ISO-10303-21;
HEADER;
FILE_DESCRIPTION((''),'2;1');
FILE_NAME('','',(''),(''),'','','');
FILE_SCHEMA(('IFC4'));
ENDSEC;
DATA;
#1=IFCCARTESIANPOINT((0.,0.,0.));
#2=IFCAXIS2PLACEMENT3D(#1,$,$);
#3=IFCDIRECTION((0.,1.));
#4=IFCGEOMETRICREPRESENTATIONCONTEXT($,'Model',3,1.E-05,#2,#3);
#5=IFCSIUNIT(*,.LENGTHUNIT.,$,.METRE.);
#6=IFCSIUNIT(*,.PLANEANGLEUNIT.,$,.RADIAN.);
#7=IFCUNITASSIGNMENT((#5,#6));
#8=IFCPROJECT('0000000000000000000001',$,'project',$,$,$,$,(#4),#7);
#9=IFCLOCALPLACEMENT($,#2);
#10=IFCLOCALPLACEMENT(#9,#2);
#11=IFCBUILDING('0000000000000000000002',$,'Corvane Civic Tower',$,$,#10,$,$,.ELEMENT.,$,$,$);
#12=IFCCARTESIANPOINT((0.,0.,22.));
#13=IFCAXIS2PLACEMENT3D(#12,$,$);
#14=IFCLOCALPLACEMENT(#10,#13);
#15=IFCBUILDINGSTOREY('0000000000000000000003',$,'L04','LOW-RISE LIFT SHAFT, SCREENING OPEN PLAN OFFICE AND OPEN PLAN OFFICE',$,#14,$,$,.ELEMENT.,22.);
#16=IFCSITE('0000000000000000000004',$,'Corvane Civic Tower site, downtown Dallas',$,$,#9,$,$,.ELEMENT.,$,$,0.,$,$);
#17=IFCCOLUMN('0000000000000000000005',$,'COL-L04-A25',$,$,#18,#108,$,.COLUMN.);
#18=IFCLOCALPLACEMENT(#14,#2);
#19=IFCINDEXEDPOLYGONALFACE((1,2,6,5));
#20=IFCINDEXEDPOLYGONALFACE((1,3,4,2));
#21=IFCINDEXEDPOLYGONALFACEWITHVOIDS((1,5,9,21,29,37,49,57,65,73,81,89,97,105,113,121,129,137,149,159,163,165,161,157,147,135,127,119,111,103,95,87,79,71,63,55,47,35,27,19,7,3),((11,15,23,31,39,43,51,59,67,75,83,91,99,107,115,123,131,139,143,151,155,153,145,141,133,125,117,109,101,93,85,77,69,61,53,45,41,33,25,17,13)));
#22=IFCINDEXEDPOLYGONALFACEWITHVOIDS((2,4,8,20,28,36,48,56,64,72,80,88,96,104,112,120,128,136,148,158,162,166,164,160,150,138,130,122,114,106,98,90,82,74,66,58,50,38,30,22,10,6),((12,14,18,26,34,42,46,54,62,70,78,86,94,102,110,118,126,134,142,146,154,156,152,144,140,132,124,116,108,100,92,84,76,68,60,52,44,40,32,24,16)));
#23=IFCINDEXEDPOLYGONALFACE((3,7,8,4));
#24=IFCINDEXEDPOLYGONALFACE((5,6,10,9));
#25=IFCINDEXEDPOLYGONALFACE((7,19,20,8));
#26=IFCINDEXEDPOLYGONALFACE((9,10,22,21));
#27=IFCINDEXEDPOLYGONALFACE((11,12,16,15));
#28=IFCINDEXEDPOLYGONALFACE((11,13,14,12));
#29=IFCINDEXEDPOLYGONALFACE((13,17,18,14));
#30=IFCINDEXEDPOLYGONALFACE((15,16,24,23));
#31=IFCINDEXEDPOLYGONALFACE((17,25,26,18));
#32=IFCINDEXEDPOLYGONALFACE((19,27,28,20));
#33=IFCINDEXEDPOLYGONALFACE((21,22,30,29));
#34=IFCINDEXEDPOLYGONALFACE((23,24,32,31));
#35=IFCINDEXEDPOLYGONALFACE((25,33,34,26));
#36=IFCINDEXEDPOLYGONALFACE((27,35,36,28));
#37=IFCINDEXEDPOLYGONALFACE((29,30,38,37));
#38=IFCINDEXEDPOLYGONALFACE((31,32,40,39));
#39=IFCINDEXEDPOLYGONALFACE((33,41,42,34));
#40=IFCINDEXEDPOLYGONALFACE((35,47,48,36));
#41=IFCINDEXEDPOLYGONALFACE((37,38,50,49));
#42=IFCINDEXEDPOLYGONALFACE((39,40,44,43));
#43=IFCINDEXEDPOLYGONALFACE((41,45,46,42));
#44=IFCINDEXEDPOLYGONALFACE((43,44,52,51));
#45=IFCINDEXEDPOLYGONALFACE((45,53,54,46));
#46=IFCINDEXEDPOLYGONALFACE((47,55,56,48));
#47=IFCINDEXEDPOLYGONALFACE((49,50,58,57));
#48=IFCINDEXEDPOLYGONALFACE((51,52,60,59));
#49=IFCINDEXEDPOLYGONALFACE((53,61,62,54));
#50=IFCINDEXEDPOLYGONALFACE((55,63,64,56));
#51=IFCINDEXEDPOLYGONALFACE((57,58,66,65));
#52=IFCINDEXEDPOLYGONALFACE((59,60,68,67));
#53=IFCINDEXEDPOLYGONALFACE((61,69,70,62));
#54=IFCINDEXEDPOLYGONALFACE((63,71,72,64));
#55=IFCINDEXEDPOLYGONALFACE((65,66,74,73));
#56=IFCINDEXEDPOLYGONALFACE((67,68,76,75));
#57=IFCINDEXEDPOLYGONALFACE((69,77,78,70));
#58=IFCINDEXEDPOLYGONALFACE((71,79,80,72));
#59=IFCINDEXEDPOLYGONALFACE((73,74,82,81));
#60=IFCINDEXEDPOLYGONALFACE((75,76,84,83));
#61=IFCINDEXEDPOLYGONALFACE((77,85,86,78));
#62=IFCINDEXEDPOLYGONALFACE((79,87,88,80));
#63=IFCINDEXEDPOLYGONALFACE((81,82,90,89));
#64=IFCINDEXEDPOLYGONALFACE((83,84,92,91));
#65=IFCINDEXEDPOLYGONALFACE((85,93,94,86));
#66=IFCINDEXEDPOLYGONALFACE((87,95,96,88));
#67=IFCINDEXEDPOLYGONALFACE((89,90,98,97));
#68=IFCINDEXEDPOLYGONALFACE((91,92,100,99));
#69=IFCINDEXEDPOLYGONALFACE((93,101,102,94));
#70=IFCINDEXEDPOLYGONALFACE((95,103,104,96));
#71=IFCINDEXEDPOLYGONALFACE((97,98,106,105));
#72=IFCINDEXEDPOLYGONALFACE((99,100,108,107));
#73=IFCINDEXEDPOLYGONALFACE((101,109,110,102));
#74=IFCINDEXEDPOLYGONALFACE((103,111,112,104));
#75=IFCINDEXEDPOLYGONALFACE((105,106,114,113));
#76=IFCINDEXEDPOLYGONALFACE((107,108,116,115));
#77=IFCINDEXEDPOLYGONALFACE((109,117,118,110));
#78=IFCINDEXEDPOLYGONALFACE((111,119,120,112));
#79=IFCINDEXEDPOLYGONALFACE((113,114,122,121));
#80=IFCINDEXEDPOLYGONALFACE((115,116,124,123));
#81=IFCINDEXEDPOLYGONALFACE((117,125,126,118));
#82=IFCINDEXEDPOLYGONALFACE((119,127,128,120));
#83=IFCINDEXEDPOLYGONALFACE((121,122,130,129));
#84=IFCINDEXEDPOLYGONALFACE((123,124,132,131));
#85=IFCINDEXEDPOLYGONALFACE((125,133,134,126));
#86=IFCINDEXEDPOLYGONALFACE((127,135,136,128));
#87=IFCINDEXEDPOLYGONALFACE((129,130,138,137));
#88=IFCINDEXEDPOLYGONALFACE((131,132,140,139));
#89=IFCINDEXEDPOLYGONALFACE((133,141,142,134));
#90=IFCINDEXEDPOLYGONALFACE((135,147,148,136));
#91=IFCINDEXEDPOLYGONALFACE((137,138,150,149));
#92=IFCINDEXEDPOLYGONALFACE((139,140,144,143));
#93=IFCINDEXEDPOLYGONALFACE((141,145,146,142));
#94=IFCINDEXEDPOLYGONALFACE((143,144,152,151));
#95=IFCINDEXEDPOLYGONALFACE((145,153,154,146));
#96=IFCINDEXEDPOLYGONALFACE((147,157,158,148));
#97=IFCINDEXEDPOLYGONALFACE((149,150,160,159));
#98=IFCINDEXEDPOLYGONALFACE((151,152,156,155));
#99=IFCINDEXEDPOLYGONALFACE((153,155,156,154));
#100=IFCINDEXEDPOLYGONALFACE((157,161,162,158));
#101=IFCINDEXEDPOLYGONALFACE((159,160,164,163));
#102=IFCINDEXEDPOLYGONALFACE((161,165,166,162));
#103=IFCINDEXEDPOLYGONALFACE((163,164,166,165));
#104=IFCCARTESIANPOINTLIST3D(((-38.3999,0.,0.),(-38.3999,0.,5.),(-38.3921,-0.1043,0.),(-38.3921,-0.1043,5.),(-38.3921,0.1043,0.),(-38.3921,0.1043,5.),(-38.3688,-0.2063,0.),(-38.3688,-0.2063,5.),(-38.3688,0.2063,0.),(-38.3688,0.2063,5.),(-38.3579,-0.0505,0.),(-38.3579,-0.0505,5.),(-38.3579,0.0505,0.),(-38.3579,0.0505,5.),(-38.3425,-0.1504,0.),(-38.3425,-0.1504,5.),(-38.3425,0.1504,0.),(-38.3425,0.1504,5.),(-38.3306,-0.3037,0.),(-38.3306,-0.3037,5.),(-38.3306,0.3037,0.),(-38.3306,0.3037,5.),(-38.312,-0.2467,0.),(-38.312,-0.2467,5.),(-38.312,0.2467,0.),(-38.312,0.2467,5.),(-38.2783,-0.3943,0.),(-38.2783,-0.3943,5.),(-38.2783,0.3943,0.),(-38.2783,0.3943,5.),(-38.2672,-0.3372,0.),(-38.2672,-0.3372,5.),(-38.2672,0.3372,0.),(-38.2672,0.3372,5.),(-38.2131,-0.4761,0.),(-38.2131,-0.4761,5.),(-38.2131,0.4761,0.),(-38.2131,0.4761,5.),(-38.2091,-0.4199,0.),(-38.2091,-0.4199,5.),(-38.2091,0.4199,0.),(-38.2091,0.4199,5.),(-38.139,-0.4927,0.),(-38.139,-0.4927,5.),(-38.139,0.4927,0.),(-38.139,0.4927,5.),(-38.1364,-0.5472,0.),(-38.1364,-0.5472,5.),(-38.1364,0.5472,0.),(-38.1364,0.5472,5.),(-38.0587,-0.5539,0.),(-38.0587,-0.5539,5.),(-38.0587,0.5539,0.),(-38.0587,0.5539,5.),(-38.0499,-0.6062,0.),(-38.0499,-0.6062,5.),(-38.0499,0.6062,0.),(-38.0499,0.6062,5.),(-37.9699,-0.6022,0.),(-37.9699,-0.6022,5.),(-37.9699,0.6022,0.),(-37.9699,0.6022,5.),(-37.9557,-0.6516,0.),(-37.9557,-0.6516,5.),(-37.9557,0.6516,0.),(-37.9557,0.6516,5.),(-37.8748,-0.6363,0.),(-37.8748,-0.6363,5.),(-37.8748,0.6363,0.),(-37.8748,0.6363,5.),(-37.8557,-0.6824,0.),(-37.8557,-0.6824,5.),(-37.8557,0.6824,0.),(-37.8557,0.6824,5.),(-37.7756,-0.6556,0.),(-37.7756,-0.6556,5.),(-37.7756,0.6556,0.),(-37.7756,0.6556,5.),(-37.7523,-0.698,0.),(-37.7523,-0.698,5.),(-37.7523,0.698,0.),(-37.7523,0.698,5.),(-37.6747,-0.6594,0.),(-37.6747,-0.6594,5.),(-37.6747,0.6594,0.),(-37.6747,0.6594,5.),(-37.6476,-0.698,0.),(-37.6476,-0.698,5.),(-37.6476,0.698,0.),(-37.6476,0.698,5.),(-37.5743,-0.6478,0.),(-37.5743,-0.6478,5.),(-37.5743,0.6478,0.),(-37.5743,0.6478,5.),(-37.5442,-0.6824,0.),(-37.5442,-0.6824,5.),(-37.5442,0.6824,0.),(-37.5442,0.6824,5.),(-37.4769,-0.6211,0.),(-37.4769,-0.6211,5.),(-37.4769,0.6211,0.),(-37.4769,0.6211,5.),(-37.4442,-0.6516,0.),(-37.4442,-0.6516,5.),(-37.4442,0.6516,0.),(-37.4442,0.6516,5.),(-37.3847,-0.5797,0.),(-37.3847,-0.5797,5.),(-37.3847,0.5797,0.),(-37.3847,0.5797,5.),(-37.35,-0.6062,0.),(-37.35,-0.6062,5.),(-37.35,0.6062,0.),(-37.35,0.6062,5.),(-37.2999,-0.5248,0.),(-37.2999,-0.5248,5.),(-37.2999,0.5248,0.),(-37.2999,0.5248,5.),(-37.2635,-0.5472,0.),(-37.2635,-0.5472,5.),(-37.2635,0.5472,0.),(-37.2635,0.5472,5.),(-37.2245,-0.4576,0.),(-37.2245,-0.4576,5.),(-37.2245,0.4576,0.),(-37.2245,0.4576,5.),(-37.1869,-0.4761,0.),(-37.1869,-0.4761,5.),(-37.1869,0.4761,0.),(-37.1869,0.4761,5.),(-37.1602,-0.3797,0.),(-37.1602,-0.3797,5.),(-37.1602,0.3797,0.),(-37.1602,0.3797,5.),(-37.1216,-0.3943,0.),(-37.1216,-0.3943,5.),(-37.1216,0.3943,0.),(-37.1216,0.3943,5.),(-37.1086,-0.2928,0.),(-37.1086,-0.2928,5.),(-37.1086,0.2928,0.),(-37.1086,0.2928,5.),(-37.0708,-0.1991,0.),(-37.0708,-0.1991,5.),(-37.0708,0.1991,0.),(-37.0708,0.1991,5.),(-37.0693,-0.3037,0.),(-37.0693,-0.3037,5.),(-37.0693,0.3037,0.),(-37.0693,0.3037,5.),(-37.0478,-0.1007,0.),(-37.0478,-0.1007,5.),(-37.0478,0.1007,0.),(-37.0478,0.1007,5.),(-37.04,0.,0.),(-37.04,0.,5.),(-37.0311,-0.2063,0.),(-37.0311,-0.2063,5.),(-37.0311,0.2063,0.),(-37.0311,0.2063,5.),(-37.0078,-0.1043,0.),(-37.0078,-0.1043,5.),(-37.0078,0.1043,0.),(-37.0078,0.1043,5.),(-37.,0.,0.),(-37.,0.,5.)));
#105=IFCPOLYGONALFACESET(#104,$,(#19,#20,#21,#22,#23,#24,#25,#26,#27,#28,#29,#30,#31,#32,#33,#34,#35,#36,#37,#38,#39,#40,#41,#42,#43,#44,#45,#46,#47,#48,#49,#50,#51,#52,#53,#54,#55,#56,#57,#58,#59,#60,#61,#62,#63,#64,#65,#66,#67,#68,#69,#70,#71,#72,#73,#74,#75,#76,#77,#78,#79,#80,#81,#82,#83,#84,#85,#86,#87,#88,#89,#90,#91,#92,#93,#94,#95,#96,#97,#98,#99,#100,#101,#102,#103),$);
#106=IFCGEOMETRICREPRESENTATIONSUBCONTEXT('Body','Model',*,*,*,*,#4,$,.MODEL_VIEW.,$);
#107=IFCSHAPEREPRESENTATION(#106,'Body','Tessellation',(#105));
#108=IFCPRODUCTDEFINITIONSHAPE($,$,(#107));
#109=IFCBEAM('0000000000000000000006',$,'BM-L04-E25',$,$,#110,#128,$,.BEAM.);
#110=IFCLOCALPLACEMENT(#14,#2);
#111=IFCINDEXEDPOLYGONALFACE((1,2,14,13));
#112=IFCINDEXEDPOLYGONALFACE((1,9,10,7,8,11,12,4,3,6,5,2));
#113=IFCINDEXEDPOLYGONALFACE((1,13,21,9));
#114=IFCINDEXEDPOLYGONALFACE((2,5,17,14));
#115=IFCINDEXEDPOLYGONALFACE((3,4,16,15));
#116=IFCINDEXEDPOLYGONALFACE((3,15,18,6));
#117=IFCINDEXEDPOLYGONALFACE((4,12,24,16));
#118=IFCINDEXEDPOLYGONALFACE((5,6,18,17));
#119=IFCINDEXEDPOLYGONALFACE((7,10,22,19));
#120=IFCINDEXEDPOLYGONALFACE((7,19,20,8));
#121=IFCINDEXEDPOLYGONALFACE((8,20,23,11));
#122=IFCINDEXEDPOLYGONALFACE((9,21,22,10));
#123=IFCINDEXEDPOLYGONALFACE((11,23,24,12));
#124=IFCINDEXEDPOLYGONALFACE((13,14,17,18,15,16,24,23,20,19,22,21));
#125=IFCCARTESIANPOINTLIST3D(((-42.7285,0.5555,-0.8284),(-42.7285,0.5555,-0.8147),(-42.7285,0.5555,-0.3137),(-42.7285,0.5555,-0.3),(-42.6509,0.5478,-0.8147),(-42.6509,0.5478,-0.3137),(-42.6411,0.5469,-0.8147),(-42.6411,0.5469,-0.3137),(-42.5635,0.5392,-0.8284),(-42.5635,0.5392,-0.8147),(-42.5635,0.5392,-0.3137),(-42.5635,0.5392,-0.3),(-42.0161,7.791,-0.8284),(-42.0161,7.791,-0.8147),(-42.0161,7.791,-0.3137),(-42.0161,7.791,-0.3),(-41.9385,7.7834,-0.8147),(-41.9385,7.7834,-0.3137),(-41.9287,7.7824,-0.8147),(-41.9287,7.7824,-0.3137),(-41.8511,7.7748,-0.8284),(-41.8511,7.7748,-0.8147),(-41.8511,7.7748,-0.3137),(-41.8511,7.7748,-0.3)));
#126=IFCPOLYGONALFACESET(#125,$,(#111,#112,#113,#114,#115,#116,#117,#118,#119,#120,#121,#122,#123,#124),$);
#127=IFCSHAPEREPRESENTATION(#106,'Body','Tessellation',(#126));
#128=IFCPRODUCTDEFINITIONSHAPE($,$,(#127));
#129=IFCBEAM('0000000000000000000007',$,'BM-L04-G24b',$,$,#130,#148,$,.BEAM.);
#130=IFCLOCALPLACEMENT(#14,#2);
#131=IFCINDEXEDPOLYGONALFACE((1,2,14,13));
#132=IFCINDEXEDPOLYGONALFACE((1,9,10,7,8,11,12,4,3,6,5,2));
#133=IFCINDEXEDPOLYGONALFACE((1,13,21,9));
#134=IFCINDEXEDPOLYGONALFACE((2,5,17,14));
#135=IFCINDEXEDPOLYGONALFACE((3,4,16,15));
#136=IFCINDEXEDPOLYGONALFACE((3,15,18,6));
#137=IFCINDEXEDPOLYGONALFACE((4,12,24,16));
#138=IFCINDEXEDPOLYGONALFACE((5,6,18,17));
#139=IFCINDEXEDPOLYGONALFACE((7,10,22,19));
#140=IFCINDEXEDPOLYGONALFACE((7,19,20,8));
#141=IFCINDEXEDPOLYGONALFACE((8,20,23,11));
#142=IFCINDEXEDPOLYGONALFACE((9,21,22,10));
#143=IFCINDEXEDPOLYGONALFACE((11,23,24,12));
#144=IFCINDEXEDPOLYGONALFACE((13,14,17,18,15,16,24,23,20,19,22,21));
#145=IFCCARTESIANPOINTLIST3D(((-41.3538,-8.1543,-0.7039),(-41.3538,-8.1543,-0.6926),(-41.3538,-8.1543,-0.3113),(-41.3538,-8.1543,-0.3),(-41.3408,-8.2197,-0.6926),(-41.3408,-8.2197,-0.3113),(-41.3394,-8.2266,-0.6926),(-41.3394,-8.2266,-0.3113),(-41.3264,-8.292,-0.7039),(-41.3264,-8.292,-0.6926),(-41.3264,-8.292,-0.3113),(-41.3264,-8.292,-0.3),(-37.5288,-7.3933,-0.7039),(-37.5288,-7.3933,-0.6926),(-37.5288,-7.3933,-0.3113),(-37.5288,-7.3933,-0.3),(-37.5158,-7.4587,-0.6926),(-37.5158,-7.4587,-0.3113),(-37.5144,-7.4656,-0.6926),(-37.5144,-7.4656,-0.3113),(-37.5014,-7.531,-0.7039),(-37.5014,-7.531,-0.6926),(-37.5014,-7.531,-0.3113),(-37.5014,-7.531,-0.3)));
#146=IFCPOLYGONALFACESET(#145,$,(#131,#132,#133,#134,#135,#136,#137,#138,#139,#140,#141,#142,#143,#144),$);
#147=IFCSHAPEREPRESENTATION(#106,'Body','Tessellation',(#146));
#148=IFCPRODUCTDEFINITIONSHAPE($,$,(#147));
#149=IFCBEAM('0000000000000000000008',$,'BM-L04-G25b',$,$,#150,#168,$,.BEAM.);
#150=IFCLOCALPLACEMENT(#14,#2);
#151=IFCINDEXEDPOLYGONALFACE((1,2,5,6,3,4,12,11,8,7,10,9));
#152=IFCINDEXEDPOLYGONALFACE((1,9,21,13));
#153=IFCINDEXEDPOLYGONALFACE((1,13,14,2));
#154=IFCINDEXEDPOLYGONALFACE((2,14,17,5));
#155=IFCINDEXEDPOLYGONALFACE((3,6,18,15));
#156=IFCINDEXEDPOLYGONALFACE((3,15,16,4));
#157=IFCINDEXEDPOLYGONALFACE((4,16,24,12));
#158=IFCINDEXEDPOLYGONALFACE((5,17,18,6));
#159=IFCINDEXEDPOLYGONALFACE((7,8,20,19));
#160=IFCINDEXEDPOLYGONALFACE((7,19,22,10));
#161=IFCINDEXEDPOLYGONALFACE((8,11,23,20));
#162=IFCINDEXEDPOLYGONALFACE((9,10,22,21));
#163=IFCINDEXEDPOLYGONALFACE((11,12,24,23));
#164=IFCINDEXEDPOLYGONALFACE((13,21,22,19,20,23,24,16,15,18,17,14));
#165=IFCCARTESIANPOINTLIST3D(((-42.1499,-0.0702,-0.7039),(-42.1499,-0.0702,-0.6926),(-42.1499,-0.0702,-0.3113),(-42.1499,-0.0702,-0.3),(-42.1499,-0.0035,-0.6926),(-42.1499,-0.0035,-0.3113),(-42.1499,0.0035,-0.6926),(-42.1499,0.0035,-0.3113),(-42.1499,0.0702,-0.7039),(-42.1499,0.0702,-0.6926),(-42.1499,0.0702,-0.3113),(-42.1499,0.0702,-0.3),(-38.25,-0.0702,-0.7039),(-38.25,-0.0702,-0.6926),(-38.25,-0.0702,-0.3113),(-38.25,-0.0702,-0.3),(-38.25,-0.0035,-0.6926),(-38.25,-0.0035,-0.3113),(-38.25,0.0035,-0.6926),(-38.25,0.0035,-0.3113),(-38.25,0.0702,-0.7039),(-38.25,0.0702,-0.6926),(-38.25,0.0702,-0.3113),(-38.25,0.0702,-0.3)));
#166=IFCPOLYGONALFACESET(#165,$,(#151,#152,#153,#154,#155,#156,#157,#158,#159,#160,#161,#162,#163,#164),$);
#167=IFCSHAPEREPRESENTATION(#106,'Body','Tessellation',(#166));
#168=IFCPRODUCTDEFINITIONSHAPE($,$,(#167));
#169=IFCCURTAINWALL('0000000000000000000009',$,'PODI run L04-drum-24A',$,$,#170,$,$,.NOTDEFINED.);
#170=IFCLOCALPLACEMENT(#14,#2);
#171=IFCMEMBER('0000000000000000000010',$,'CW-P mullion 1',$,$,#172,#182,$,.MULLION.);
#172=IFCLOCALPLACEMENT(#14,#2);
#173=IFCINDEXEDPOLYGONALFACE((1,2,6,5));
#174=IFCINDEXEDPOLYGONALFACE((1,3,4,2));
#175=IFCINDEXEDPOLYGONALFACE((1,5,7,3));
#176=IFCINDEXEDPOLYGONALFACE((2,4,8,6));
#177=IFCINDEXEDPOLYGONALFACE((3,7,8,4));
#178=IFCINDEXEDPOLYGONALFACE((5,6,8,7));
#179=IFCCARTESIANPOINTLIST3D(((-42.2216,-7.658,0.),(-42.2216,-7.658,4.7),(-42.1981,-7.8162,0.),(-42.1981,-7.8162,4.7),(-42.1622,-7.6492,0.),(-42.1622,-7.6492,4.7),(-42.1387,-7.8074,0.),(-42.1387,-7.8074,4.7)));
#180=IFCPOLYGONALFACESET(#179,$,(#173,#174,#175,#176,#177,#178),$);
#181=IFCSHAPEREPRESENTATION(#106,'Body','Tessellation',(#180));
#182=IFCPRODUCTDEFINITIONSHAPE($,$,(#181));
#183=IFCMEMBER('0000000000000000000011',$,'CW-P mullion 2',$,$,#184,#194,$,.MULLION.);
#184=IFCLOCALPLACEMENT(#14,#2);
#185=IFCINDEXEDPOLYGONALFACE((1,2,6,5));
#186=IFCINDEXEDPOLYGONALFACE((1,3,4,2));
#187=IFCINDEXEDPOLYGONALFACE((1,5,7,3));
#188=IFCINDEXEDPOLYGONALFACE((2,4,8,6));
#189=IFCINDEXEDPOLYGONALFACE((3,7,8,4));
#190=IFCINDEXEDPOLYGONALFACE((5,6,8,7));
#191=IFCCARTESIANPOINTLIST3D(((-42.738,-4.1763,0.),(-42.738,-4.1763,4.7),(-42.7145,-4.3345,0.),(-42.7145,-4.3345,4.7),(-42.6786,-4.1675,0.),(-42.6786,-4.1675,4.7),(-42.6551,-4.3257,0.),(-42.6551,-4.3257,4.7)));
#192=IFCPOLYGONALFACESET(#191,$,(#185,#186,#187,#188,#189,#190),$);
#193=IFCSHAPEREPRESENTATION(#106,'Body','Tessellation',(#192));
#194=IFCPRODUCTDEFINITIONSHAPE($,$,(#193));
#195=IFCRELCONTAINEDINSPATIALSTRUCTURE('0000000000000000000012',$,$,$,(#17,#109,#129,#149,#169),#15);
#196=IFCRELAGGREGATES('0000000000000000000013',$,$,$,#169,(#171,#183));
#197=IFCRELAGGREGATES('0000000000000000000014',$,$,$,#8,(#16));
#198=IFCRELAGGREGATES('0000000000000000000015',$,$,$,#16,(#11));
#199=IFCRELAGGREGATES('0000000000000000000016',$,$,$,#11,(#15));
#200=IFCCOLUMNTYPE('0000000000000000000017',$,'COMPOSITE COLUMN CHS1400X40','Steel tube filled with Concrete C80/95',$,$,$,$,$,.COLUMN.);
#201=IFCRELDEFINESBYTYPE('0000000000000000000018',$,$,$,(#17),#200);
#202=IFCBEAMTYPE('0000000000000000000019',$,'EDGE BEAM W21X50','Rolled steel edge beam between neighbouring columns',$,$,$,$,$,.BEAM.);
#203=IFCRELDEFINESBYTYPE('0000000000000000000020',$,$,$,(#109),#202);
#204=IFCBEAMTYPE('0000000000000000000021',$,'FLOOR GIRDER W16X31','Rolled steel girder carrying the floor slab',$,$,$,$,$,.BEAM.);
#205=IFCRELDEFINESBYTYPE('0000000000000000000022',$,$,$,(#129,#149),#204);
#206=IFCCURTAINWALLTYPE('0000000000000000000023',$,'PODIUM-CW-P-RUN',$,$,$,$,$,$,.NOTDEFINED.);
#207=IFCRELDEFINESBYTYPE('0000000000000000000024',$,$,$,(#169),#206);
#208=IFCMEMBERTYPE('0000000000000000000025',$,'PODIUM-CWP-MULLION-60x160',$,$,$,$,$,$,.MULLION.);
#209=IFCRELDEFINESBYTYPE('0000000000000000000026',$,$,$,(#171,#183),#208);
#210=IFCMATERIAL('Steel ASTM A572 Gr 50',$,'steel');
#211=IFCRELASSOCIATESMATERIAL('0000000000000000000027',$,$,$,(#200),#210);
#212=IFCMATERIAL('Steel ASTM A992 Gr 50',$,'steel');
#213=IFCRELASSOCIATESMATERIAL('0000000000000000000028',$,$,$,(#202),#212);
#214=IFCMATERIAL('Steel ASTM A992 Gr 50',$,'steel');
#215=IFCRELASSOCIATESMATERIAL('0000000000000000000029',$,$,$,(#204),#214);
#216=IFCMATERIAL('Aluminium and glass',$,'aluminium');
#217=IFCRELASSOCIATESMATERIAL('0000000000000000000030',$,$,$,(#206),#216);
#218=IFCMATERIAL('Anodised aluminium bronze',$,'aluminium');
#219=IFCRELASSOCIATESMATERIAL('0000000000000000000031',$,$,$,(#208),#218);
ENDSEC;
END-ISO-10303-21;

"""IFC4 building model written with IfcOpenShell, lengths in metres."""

from ifc_helpers import new_model, si_unit, direction, frame, origin, origin_2d, place, context, subcontext, project, spatial, rectangle, hollow_circle, i_section, extrude, material, material_profile, profile_set, type_object, element, aggregate, save


model = new_model("IFC4")

# Units and contexts
model_context = context("Model", 3, precision=1e-05, world=origin(), true_north=direction((0.0, 1.0)))
body_context = subcontext(model_context, "Body", "Model", "MODEL_VIEW")
ifc_project = project(units=[si_unit("LENGTHUNIT", "METRE"), si_unit("PLANEANGLEUNIT", "RADIAN")], contexts=[model_context])

# Site, building, storey
site_placement = place(None, origin())
site = spatial("IfcSite", under=ifc_project, at=site_placement, Name="Corvane Civic Tower site, downtown Dallas", CompositionType="ELEMENT", RefElevation=0.0)
building_placement = place(site_placement, origin())
building = spatial("IfcBuilding", under=site, at=building_placement, Name="Corvane Civic Tower", CompositionType="ELEMENT")
storey_placement = place(building_placement, frame((0.0, 0.0, 22.0)))
storey = spatial("IfcBuildingStorey", under=building, at=storey_placement, Name="L04", Description="LOW-RISE LIFT SHAFT, SCREENING OPEN PLAN OFFICE AND OPEN PLAN OFFICE", CompositionType="ELEMENT", Elevation=22.0)

# Column
ifc_material_1 = material(Name="Steel ASTM A572 Gr 50", Category="steel")
ifc_material_profile_1 = material_profile(ifc_material_1, hollow_circle(Radius=0.7, WallThickness=0.04, at=origin_2d()), Name="CHS1400X40")
ifc_profile_set_1 = profile_set([ifc_material_profile_1], Name="Steel ASTM A572 Gr 50")
column_type_1 = type_object("IfcColumnType", Name="COMPOSITE COLUMN CHS1400X40", Description="Steel tube filled with Concrete C80/95", PredefinedType="COLUMN", material=ifc_profile_set_1)
for number, where, z_axis, x_axis, name in (
    (1, (-37.7, 0.0, 0.0), (0.0, 0.0, 1.0), (1.0, 0.0, 0.0), "COL-L04-A25"),
):
    element("IfcColumn", number, at=place(storey_placement, frame(where, z_axis=z_axis, x_axis=x_axis)), inside=storey, type_object=column_type_1, Name=name, PredefinedType="COLUMN", context=body_context, shape_type="SweptSolid", body=[
        extrude(hollow_circle(Radius=0.7, WallThickness=0.04, at=origin_2d()), origin(), (0.0, 0.0, 1.0), 5.0),
    ])

# Beams
ifc_material_2 = material(Name="Steel ASTM A992 Gr 50", Category="steel")
ifc_material_profile_2 = material_profile(ifc_material_2, i_section(OverallWidth=0.1658, OverallDepth=0.5283, WebThickness=0.0098, FlangeThickness=0.0137, at=origin_2d()), Name="W21X50")
ifc_profile_set_2 = profile_set([ifc_material_profile_2], Name="Steel ASTM A992 Gr 50")
beam_type_1 = type_object("IfcBeamType", Name="EDGE BEAM W21X50", Description="Rolled steel edge beam between neighbouring columns", PredefinedType="BEAM", material=ifc_profile_set_2)
beam_placement = place(storey_placement, frame((-42.646, 0.5474, -0.5642), z_axis=(0.097984, 0.995188, 0.0), x_axis=(-0.995188, 0.097984, 0.0)))
element("IfcBeam", 2, at=beam_placement, inside=storey, type_object=beam_type_1, Name="BM-L04-E25", PredefinedType="BEAM", context=body_context, shape_type="SweptSolid", body=[
    extrude(i_section(OverallWidth=0.1658, OverallDepth=0.5283, WebThickness=0.0098, FlangeThickness=0.0137, at=origin_2d()), origin(), (0.0, 0.0, 1.0), 7.2705),
])
ifc_material_3 = material(Name="Steel ASTM A992 Gr 50", Category="steel")
ifc_material_profile_3 = material_profile(ifc_material_3, i_section(OverallWidth=0.1404, OverallDepth=0.4038, WebThickness=0.0071, FlangeThickness=0.0112, at=origin_2d()), Name="W16X31")
ifc_profile_set_3 = profile_set([ifc_material_profile_3], Name="Steel ASTM A992 Gr 50")
beam_type_2 = type_object("IfcBeamType", Name="FLOOR GIRDER W16X31", Description="Rolled steel girder carrying the floor slab", PredefinedType="BEAM", material=ifc_profile_set_3)
for number, where, z_axis, x_axis, name in (
    (3, (-37.5151, -7.4622, -0.502), (-0.980778, -0.195129, 0.0), (0.195129, -0.980778, 0.0), "BM-L04-G24b"),
    (4, (-38.25, 0.0, -0.502), (-1.0, 0.0, 0.0), (0.0, -1.0, 0.0), "BM-L04-G25b"),
):
    element("IfcBeam", number, at=place(storey_placement, frame(where, z_axis=z_axis, x_axis=x_axis)), inside=storey, type_object=beam_type_2, Name=name, PredefinedType="BEAM", context=body_context, shape_type="SweptSolid", body=[
        extrude(i_section(OverallWidth=0.1404, OverallDepth=0.4038, WebThickness=0.0071, FlangeThickness=0.0112, at=origin_2d()), origin(), (0.0, 0.0, 1.0), 3.8999),
    ])

# Curtain wall, members
ifc_material_4 = material(Name="Aluminium and glass", Category="aluminium")
curtain_wall_type = type_object("IfcCurtainWallType", Name="PODIUM-CW-P-RUN", PredefinedType="NOTDEFINED", material=ifc_material_4)
curtain_wall_1_placement = place(storey_placement, origin())
curtain_wall_1 = element("IfcCurtainWall", 5, at=curtain_wall_1_placement, inside=storey, type_object=curtain_wall_type, Name="PODI run L04-drum-24A", PredefinedType="NOTDEFINED")
ifc_material_5 = material(Name="Anodised aluminium bronze", Category="aluminium")
ifc_material_profile_4 = material_profile(ifc_material_5, rectangle(XDim=0.0601, YDim=0.1599, at=origin_2d()), Name="AL 60x160")
ifc_profile_set_4 = profile_set([ifc_material_profile_4], Name="Anodised aluminium bronze")
member_type_1 = type_object("IfcMemberType", Name="PODIUM-CWP-MULLION-60x160", PredefinedType="MULLION", material=ifc_profile_set_4)
member_1_placement = place(storey_placement, frame((-42.1802, -7.7327, 0.0), z_axis=(0.0, 0.0, 1.0), x_axis=(-0.989179, -0.146715, 0.0)))
member_1 = element("IfcMember", 6, at=member_1_placement, type_object=member_type_1, Name="CW-P mullion 1", PredefinedType="MULLION", context=body_context, shape_type="SweptSolid", body=[
    extrude(rectangle(XDim=0.0601, YDim=0.1599, at=origin_2d()), origin(), (0.0, 0.0, 1.0), 4.7),
])
member_2_placement = place(storey_placement, frame((-42.6965, -4.251, 0.0), z_axis=(0.0, 0.0, 1.0), x_axis=(-0.989179, -0.146715, 0.0)))
member_2 = element("IfcMember", 7, at=member_2_placement, type_object=member_type_1, Name="CW-P mullion 2", PredefinedType="MULLION", context=body_context, shape_type="SweptSolid", body=[
    extrude(rectangle(XDim=0.0601, YDim=0.1599, at=origin_2d()), origin(), (0.0, 0.0, 1.0), 4.7),
])

aggregate(curtain_wall_1, [member_1, member_2])

save(model, "model.ifc")
